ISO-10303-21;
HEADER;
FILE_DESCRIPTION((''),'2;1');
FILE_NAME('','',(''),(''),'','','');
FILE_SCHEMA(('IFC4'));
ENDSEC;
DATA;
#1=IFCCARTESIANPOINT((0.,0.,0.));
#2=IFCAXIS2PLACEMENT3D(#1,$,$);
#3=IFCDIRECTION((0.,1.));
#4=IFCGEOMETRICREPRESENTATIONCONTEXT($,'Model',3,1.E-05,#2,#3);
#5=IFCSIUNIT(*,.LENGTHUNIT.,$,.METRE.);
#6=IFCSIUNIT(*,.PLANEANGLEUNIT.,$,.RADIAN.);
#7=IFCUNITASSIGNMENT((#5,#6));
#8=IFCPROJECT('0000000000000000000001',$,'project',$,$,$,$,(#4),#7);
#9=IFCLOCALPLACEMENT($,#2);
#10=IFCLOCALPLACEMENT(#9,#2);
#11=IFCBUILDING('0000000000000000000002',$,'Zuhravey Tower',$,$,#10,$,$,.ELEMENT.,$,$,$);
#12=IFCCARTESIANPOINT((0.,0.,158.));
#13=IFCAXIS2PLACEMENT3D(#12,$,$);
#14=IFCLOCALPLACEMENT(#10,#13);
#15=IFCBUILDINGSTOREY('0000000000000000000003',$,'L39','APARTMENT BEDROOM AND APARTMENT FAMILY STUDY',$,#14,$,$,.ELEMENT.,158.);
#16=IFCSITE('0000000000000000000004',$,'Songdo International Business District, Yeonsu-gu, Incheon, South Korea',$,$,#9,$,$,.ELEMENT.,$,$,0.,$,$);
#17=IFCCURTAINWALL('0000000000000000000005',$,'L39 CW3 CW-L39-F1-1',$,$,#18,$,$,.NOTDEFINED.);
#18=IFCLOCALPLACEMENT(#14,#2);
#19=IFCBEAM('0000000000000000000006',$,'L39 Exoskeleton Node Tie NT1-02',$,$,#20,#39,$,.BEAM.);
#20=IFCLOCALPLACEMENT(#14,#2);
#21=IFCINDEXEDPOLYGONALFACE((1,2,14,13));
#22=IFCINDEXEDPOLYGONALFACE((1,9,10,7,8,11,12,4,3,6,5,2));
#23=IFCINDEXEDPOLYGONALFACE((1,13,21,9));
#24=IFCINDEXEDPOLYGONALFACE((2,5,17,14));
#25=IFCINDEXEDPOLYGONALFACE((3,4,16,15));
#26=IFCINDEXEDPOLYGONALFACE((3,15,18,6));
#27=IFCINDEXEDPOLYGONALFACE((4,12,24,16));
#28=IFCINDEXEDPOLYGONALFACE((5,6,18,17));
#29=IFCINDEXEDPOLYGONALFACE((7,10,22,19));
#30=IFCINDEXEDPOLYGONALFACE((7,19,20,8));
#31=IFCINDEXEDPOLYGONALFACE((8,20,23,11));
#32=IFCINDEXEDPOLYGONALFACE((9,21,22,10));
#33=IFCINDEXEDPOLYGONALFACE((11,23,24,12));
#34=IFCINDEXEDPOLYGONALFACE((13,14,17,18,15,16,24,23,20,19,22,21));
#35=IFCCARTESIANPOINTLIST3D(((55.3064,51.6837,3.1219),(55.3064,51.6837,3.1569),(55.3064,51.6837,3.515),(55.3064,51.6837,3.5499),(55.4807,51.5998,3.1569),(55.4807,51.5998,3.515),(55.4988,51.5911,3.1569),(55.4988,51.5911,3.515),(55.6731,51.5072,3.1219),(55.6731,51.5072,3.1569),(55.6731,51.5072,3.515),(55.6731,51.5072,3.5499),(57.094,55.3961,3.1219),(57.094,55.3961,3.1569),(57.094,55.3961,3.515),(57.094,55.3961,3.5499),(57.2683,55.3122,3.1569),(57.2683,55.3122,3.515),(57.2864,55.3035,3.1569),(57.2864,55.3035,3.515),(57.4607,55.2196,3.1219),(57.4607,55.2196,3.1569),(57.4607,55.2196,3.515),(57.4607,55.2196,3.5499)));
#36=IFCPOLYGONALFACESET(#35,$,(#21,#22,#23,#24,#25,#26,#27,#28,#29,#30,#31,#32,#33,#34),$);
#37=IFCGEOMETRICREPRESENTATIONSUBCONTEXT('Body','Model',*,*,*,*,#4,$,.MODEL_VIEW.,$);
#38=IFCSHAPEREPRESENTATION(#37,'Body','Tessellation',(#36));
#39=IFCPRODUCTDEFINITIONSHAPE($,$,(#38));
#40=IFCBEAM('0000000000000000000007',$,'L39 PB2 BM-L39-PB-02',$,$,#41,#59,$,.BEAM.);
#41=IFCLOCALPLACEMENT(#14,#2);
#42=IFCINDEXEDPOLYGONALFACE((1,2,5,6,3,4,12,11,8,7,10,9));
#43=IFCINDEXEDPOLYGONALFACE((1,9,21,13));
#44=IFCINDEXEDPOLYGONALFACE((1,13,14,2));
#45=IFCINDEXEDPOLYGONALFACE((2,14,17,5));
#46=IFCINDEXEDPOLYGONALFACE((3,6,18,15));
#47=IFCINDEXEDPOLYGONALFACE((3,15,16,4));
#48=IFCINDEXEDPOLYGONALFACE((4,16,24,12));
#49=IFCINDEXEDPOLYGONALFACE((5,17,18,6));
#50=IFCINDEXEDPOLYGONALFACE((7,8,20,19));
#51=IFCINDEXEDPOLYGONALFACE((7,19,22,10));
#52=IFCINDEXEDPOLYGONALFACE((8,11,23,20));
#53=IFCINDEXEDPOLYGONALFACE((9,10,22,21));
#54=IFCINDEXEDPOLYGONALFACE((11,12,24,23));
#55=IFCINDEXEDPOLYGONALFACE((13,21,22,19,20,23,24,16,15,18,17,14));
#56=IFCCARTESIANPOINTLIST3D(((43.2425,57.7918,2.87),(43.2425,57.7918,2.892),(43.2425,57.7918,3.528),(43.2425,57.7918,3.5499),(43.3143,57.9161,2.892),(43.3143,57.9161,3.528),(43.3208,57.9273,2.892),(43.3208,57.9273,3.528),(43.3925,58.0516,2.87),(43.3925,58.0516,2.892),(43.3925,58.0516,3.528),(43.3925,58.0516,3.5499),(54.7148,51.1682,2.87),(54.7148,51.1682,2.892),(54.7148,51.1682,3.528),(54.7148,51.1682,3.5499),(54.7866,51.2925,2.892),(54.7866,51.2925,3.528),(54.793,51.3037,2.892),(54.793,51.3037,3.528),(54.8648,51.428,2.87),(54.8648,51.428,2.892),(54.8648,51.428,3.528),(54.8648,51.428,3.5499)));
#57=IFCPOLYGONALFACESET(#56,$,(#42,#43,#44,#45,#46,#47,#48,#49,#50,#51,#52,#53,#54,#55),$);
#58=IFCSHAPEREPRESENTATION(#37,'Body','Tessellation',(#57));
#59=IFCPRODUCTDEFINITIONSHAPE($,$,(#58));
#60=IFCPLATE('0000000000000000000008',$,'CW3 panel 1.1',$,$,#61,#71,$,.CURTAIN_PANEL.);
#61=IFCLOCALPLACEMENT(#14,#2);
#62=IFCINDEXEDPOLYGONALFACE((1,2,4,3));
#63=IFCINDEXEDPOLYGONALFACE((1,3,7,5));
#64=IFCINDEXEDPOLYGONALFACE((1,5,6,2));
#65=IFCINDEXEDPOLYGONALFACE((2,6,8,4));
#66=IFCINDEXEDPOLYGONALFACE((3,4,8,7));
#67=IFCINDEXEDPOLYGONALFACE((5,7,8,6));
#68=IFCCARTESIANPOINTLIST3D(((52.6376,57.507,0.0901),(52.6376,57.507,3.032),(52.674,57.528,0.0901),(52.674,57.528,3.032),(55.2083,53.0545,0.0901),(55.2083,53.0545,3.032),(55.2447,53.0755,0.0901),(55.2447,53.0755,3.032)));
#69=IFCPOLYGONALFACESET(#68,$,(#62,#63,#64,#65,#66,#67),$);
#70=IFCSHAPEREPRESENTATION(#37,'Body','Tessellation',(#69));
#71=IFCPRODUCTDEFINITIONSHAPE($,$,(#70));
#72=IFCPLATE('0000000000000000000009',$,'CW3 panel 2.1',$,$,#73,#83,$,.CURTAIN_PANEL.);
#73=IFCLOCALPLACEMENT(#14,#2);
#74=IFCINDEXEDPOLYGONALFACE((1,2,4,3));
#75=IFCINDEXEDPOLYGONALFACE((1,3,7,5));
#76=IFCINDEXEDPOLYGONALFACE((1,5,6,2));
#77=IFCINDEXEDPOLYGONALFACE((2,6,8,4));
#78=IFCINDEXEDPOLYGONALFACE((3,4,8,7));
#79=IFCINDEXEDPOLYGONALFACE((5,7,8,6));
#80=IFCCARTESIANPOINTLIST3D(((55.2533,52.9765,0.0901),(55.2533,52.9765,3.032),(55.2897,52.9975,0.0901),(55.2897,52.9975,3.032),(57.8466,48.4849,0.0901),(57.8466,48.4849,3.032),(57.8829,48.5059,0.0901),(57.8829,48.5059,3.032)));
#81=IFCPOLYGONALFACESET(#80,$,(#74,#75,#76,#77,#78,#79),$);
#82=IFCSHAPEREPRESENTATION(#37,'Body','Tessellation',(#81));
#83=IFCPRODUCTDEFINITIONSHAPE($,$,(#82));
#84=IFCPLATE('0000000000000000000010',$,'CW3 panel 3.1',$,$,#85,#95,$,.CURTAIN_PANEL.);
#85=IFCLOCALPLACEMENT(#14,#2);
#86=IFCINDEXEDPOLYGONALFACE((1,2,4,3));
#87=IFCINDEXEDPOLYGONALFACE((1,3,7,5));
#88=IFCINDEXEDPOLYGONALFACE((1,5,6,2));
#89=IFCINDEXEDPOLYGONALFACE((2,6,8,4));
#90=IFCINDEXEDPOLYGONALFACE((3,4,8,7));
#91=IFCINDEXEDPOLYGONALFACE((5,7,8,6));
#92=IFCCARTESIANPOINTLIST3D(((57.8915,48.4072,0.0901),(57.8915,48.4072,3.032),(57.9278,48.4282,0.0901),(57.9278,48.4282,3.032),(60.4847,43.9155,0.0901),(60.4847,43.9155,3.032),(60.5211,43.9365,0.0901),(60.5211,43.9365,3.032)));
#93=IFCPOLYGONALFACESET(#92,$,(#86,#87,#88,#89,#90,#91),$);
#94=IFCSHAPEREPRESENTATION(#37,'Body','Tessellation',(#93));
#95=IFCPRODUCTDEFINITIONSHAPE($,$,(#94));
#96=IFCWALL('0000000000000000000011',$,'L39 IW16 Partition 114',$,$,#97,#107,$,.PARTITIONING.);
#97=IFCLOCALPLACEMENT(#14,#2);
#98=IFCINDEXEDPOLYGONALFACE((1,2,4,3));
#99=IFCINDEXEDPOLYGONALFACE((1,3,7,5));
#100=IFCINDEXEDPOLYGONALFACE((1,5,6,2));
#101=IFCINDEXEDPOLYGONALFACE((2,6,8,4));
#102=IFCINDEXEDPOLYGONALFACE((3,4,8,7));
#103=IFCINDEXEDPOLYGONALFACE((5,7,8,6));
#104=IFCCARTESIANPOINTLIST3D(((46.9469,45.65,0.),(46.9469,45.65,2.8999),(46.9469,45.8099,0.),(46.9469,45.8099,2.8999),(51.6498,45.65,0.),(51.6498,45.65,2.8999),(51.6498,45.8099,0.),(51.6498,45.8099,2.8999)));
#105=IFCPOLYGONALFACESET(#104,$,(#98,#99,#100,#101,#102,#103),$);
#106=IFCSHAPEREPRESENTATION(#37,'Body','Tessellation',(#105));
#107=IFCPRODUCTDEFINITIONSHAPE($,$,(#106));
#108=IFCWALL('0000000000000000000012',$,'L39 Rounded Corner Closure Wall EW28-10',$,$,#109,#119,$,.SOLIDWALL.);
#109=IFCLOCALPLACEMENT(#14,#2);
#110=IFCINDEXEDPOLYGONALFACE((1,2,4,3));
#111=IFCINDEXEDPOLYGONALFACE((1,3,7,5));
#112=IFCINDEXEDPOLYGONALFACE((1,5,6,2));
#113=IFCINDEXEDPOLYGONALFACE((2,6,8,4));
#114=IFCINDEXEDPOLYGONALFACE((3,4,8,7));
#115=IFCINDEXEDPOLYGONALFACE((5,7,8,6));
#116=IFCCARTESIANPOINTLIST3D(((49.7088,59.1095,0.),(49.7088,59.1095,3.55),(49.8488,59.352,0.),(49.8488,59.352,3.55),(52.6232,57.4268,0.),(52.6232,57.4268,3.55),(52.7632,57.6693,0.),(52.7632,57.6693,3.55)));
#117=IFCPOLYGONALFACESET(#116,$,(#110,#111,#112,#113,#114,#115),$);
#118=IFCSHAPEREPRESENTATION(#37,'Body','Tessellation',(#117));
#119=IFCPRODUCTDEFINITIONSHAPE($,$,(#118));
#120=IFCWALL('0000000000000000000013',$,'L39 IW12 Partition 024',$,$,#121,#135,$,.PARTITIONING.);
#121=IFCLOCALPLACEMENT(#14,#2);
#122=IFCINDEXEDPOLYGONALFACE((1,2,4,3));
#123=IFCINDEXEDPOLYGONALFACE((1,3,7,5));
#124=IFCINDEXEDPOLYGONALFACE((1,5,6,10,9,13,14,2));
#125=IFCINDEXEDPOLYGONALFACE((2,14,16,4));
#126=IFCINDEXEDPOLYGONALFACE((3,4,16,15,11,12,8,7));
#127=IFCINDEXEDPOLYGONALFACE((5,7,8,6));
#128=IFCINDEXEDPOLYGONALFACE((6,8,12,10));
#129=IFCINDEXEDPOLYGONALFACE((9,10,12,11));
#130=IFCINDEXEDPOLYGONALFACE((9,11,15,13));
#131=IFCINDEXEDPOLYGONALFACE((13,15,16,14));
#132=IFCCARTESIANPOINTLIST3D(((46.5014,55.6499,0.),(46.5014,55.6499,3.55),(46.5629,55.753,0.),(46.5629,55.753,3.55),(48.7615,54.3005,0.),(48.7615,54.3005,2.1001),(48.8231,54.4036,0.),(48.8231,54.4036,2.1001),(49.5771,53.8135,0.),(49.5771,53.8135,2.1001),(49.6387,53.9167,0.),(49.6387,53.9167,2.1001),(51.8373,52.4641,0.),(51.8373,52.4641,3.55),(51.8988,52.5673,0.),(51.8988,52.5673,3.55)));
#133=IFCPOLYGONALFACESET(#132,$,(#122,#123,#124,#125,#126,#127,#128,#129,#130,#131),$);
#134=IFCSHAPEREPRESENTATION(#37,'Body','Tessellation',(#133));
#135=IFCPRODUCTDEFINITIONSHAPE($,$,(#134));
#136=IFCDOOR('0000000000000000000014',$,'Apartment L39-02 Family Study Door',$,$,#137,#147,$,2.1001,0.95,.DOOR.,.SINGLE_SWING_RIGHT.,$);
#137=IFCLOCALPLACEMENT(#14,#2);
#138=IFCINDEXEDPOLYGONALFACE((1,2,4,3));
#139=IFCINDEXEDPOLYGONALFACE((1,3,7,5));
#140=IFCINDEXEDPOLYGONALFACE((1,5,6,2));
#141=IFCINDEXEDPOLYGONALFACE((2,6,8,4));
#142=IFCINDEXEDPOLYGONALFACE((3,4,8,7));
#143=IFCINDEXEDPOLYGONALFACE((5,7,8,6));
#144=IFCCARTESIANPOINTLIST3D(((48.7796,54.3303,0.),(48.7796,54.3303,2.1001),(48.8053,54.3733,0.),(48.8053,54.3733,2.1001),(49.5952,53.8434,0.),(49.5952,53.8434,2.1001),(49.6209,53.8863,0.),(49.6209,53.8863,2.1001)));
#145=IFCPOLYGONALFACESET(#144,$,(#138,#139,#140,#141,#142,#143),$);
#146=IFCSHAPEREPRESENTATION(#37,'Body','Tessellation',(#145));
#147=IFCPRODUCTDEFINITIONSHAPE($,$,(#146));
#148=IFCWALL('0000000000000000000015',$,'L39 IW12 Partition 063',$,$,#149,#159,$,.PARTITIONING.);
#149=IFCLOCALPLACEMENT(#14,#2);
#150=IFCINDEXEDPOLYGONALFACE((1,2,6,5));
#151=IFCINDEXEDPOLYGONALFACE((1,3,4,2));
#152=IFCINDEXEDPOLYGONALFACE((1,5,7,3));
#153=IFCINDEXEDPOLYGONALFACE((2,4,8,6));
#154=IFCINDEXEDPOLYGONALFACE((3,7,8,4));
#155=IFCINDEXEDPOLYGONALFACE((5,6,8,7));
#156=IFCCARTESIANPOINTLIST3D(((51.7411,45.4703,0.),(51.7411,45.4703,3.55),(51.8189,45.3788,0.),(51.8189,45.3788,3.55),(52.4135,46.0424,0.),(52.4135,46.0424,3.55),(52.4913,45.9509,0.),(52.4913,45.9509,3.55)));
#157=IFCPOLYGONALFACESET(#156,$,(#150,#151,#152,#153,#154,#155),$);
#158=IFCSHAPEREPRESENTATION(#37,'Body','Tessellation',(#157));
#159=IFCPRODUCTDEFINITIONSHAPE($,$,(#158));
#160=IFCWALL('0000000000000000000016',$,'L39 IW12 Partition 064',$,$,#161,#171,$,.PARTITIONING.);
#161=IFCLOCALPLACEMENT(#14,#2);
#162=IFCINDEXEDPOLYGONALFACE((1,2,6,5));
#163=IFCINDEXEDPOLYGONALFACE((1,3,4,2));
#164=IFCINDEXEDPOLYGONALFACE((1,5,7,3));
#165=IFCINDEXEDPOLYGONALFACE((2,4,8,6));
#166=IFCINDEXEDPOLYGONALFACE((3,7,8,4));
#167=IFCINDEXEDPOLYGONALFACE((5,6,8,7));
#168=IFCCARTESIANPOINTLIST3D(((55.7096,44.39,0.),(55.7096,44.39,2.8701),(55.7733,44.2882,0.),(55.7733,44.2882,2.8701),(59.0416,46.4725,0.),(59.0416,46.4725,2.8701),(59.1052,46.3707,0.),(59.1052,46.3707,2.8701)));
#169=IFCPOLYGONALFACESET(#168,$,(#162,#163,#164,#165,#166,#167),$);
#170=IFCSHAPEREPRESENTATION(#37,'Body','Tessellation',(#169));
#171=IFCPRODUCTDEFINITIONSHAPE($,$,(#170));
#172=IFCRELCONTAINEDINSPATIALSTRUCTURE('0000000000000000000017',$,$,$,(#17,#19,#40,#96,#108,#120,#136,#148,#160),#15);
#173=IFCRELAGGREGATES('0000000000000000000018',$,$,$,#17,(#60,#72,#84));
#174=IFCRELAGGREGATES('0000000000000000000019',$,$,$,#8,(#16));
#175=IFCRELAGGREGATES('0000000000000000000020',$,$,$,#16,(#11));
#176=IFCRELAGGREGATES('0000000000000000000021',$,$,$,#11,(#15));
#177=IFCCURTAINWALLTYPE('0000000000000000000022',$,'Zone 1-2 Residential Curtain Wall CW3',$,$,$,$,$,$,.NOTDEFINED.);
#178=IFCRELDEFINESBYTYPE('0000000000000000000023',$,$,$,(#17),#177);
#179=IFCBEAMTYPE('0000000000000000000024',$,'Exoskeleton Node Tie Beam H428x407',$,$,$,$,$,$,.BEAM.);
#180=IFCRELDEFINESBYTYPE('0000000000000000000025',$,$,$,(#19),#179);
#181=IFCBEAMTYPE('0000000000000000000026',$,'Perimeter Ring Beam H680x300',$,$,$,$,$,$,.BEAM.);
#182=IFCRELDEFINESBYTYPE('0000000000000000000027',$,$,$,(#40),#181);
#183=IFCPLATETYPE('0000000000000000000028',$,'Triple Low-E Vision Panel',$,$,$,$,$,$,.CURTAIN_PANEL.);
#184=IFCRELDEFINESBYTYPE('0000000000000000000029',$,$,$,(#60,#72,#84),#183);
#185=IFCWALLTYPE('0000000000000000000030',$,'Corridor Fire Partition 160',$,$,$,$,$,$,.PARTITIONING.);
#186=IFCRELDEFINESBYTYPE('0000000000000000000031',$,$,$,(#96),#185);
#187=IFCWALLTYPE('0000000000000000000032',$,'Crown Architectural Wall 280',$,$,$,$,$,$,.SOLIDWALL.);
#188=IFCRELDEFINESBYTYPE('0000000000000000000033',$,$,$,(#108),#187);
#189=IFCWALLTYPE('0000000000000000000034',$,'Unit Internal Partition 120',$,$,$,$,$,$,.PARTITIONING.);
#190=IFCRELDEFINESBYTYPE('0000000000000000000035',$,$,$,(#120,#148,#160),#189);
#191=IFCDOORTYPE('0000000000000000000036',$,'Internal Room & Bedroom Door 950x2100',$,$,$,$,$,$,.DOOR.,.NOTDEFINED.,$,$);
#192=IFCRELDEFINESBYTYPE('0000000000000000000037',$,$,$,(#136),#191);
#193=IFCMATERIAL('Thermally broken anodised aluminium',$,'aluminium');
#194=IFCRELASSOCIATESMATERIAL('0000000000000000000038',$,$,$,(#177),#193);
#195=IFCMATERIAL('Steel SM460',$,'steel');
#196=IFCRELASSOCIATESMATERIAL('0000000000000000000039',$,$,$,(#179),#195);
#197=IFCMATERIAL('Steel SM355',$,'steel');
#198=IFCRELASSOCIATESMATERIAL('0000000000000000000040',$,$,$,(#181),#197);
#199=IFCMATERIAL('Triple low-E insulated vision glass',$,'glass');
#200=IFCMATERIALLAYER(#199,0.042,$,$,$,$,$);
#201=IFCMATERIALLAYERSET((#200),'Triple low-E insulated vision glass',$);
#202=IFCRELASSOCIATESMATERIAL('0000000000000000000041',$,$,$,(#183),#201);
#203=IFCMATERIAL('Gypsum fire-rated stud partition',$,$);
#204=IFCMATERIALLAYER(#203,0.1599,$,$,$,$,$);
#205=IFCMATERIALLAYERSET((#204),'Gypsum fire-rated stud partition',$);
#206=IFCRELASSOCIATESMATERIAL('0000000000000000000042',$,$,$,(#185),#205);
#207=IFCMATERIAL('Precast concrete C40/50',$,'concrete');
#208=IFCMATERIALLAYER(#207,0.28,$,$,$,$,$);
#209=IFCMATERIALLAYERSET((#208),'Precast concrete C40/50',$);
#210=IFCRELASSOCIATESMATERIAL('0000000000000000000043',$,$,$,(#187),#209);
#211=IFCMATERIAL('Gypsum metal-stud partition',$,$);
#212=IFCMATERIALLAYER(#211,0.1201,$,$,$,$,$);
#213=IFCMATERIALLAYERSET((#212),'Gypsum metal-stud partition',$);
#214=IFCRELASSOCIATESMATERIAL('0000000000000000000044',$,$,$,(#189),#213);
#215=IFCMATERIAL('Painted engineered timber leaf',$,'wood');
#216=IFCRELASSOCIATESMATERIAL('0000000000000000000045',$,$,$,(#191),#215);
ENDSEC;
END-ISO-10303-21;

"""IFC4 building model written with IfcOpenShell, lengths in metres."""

from ifc_helpers import new_model, si_unit, direction, frame, frame_2d, origin, origin_2d, place, context, subcontext, project, spatial, rectangle, i_section, extrude, material, layer, layer_set, material_profile, profile_set, type_object, element, fill, aggregate, save


model = new_model("IFC4")

# Units and contexts
model_context = context("Model", 3, precision=1e-05, world=origin(), true_north=direction((0.0, 1.0)))
body_context = subcontext(model_context, "Body", "Model", "MODEL_VIEW")
ifc_project = project(units=[si_unit("LENGTHUNIT", "METRE"), si_unit("PLANEANGLEUNIT", "RADIAN")], contexts=[model_context])

# Site, building, storey
site_placement = place(None, origin())
site = spatial("IfcSite", under=ifc_project, at=site_placement, Name="Songdo International Business District, Yeonsu-gu, Incheon, South Korea", CompositionType="ELEMENT", RefElevation=0.0)
building_placement = place(site_placement, origin())
building = spatial("IfcBuilding", under=site, at=building_placement, Name="Zuhravey Tower", CompositionType="ELEMENT")
storey_placement = place(building_placement, frame((0.0, 0.0, 158.0)))
storey = spatial("IfcBuildingStorey", under=building, at=storey_placement, Name="L39", Description="APARTMENT BEDROOM AND APARTMENT FAMILY STUDY", CompositionType="ELEMENT", Elevation=158.0)

# Shared definitions
ifc_material_1 = material(Name="Thermally broken anodised aluminium", Category="aluminium")
curtain_wall_type = type_object("IfcCurtainWallType", Name="Zone 1-2 Residential Curtain Wall CW3", PredefinedType="NOTDEFINED", material=ifc_material_1)

# Curtain wall
curtain_wall_1_placement = place(storey_placement, origin())
curtain_wall_1 = element("IfcCurtainWall", 1, at=curtain_wall_1_placement, inside=storey, type_object=curtain_wall_type, Name="L39 CW3 CW-L39-F1-1", PredefinedType="NOTDEFINED")

# Beams
ifc_material_2 = material(Name="Steel SM460", Category="steel")
ifc_material_profile_1 = material_profile(ifc_material_2, i_section(OverallWidth=0.407, OverallDepth=0.428, WebThickness=0.02, FlangeThickness=0.0349, at=origin_2d()), Name="H-428x407x20x35")
ifc_profile_set_1 = profile_set([ifc_material_profile_1], Name="Steel SM460")
beam_type_1 = type_object("IfcBeamType", Name="Exoskeleton Node Tie Beam H428x407", PredefinedType="BEAM", material=ifc_profile_set_1)
beam_1_placement = place(storey_placement, frame((55.4897, 51.5955, 3.3359), z_axis=(0.433844, 0.900988, 0.0), x_axis=(-0.900988, 0.433844, 0.0)))
element("IfcBeam", 2, at=beam_1_placement, inside=storey, type_object=beam_type_1, Name="L39 Exoskeleton Node Tie NT1-02", PredefinedType="BEAM", context=body_context, shape_type="SweptSolid", body=[
    extrude(i_section(OverallWidth=0.407, OverallDepth=0.428, WebThickness=0.02, FlangeThickness=0.0349, at=origin_2d()), origin(), (0.0, 0.0, 1.0), 4.1204),
])
ifc_material_3 = material(Name="Steel SM355", Category="steel")
ifc_material_profile_2 = material_profile(ifc_material_3, i_section(OverallWidth=0.3, OverallDepth=0.6799, WebThickness=0.0129, FlangeThickness=0.022, at=origin_2d()), Name="H-680x300x13x22")
ifc_profile_set_2 = profile_set([ifc_material_profile_2], Name="Steel SM355")
beam_type_2 = type_object("IfcBeamType", Name="Perimeter Ring Beam H680x300", PredefinedType="BEAM", material=ifc_profile_set_2)
beam_2_placement = place(storey_placement, frame((54.7898, 51.2981, 3.21), z_axis=(-0.866023, 0.500004, 0.0), x_axis=(-0.500004, -0.866023, 0.0)))
element("IfcBeam", 3, at=beam_2_placement, inside=storey, type_object=beam_type_2, Name="L39 PB2 BM-L39-PB-02", PredefinedType="BEAM", context=body_context, shape_type="SweptSolid", body=[
    extrude(i_section(OverallWidth=0.3, OverallDepth=0.6799, WebThickness=0.0129, FlangeThickness=0.022, at=origin_2d()), origin(), (0.0, 0.0, 1.0), 13.2471),
])

# Plates
ifc_material_4 = material(Name="Triple low-E insulated vision glass", Category="glass")
ifc_layer_1 = layer(ifc_material_4, 0.042)
ifc_layer_set_1 = layer_set([ifc_layer_1], Name="Triple low-E insulated vision glass")
plate_type = type_object("IfcPlateType", Name="Triple Low-E Vision Panel", PredefinedType="CURTAIN_PANEL", material=ifc_layer_set_1)
plate_1_placement = place(storey_placement, frame((53.9412, 55.2913, 0.0901), z_axis=(0.0, 0.0, 1.0), x_axis=(0.500001, -0.866025, 0.0)))
plate_1 = element("IfcPlate", 4, at=plate_1_placement, type_object=plate_type, Name="CW3 panel 1.1", PredefinedType="CURTAIN_PANEL", context=body_context, shape_type="SweptSolid", body=[
    extrude(rectangle(XDim=5.1414, YDim=0.042, at=origin_2d()), origin(), (0.0, 0.0, 1.0), 2.9419),
])
plate_2_placement = place(storey_placement, frame((56.5681, 50.7412, 0.0901), z_axis=(0.0, 0.0, 1.0), x_axis=(0.500001, -0.866025, 0.0)))
plate_2 = element("IfcPlate", 5, at=plate_2_placement, type_object=plate_type, Name="CW3 panel 2.1", PredefinedType="CURTAIN_PANEL", context=body_context, shape_type="SweptSolid", body=[
    extrude(rectangle(XDim=5.1865, YDim=0.042, at=origin_2d()), origin(), (0.0, 0.0, 1.0), 2.9419),
])
plate_3_placement = place(storey_placement, frame((59.2063, 46.1719, 0.0901), z_axis=(0.0, 0.0, 1.0), x_axis=(0.500001, -0.866025, 0.0)))
plate_3 = element("IfcPlate", 6, at=plate_3_placement, type_object=plate_type, Name="CW3 panel 3.1", PredefinedType="CURTAIN_PANEL", context=body_context, shape_type="SweptSolid", body=[
    extrude(rectangle(XDim=5.1865, YDim=0.042, at=origin_2d()), origin(), (0.0, 0.0, 1.0), 2.9419),
])
aggregate(curtain_wall_1, [plate_1, plate_2, plate_3])

# Walls
ifc_material_5 = material(Name="Gypsum fire-rated stud partition")
ifc_layer_2 = layer(ifc_material_5, 0.1599)
ifc_layer_set_2 = layer_set([ifc_layer_2], Name="Gypsum fire-rated stud partition")
wall_type_1 = type_object("IfcWallType", Name="Corridor Fire Partition 160", PredefinedType="PARTITIONING", material=ifc_layer_set_2)
wall_1_placement = place(storey_placement, frame((51.6499, 45.73, 0.0), z_axis=(0.0, 0.0, 1.0), x_axis=(-1.0, 0.0, 0.0)))
element("IfcWall", 7, at=wall_1_placement, inside=storey, type_object=wall_type_1, Name="L39 IW16 Partition 114", PredefinedType="PARTITIONING", context=body_context, shape_type="SweptSolid", body=[
    extrude(rectangle(XDim=4.7029, YDim=0.1599, at=frame_2d((2.3516, 0.0))), origin(), (0.0, 0.0, 1.0), 2.8999),
])
ifc_material_6 = material(Name="Precast concrete C40/50", Category="concrete")
ifc_layer_3 = layer(ifc_material_6, 0.28)
ifc_layer_set_3 = layer_set([ifc_layer_3], Name="Precast concrete C40/50")
wall_type_2 = type_object("IfcWallType", Name="Crown Architectural Wall 280", PredefinedType="SOLIDWALL", material=ifc_layer_set_3)
wall_2_placement = place(storey_placement, frame((49.7788, 59.2307, 0.0), z_axis=(0.0, 0.0, 1.0), x_axis=(0.86602, -0.500009, 0.0)))
element("IfcWall", 8, at=wall_2_placement, inside=storey, type_object=wall_type_2, Name="L39 Rounded Corner Closure Wall EW28-10", PredefinedType="SOLIDWALL", context=body_context, shape_type="SweptSolid", body=[
    extrude(rectangle(XDim=3.3652, YDim=0.28, at=frame_2d((1.6826, 0.0))), origin(), (0.0, 0.0, 1.0), 3.55),
])

# Wall, opening, door
ifc_material_7 = material(Name="Gypsum metal-stud partition")
ifc_layer_4 = layer(ifc_material_7, 0.1201)
ifc_layer_set_4 = layer_set([ifc_layer_4], Name="Gypsum metal-stud partition")
wall_type_3 = type_object("IfcWallType", Name="Unit Internal Partition 120", PredefinedType="PARTITIONING", material=ifc_layer_set_4)
wall_3_placement = place(storey_placement, frame((51.8682, 52.5156, 0.0), z_axis=(0.0, 0.0, 1.0), x_axis=(-0.858611, 0.512629, 0.0)))
wall_3 = element("IfcWall", 9, at=wall_3_placement, inside=storey, type_object=wall_type_3, Name="L39 IW12 Partition 024", PredefinedType="PARTITIONING", context=body_context, shape_type="SweptSolid", body=[
    extrude(rectangle(XDim=6.2146, YDim=0.1201, at=frame_2d((3.1074, 0.0))), origin(), (0.0, 0.0, 1.0), 3.55),
])
opening_placement = place(wall_3_placement, frame((2.6323, 0.0, 0.0)))
opening = element("IfcOpeningElement", 10, at=opening_placement, cuts=wall_3, PredefinedType="OPENING", context=body_context, shape_type="SweptSolid", body=[
    extrude(rectangle(XDim=0.95, YDim=2.1001, at=frame_2d((0.4751, 1.05))), frame((0.0, 0.072, 0.0), z_axis=(0.0, -1.0, 0.0), x_axis=(1.0, 0.0, 0.0)), (0.0, 0.0, 1.0), 0.144),
])
ifc_material_8 = material(Name="Painted engineered timber leaf", Category="wood")
door_type = type_object("IfcDoorType", Name="Internal Room & Bedroom Door 950x2100", OperationType="NOTDEFINED", PredefinedType="DOOR", material=ifc_material_8)
door_placement = place(opening_placement, frame((0.95, 0.0, 0.0), z_axis=(0.0, 0.0, 1.0), x_axis=(-1.0, 0.0, 0.0)))
door = element("IfcDoor", 11, at=door_placement, inside=storey, type_object=door_type, Name="Apartment L39-02 Family Study Door", OperationType="SINGLE_SWING_RIGHT", OverallHeight=2.1001, OverallWidth=0.95, PredefinedType="DOOR", context=body_context, shape_type="SweptSolid", body=[
    extrude(rectangle(XDim=0.95, YDim=2.1001, at=frame_2d((0.4751, 1.05))), frame((0.0, 0.0249, 0.0), z_axis=(0.0, -1.0, 0.0), x_axis=(1.0, 0.0, 0.0)), (0.0, 0.0, 1.0), 0.05),
])
fill(opening, door)

# Walls
wall_4_placement = place(storey_placement, frame((51.78, 45.4246, 0.0), z_axis=(0.0, 0.0, 1.0), x_axis=(0.761653, 0.647986, 0.0)))
element("IfcWall", 12, at=wall_4_placement, inside=storey, type_object=wall_type_3, Name="L39 IW12 Partition 063", PredefinedType="PARTITIONING", context=body_context, shape_type="SweptSolid", body=[
    extrude(rectangle(XDim=0.8828, YDim=0.1201, at=frame_2d((0.4414, 0.0))), origin(), (0.0, 0.0, 1.0), 3.55),
])
wall_5_placement = place(storey_placement, frame((55.7415, 44.3391, 0.0), z_axis=(0.0, 0.0, 1.0), x_axis=(0.847998, 0.529999, 0.0)))
element("IfcWall", 13, at=wall_5_placement, inside=storey, type_object=wall_type_3, Name="L39 IW12 Partition 064", PredefinedType="PARTITIONING", context=body_context, shape_type="SweptSolid", body=[
    extrude(rectangle(XDim=3.9292, YDim=0.1201, at=frame_2d((1.9646, 0.0))), origin(), (0.0, 0.0, 1.0), 2.8701),
])

save(model, "model.ifc")
